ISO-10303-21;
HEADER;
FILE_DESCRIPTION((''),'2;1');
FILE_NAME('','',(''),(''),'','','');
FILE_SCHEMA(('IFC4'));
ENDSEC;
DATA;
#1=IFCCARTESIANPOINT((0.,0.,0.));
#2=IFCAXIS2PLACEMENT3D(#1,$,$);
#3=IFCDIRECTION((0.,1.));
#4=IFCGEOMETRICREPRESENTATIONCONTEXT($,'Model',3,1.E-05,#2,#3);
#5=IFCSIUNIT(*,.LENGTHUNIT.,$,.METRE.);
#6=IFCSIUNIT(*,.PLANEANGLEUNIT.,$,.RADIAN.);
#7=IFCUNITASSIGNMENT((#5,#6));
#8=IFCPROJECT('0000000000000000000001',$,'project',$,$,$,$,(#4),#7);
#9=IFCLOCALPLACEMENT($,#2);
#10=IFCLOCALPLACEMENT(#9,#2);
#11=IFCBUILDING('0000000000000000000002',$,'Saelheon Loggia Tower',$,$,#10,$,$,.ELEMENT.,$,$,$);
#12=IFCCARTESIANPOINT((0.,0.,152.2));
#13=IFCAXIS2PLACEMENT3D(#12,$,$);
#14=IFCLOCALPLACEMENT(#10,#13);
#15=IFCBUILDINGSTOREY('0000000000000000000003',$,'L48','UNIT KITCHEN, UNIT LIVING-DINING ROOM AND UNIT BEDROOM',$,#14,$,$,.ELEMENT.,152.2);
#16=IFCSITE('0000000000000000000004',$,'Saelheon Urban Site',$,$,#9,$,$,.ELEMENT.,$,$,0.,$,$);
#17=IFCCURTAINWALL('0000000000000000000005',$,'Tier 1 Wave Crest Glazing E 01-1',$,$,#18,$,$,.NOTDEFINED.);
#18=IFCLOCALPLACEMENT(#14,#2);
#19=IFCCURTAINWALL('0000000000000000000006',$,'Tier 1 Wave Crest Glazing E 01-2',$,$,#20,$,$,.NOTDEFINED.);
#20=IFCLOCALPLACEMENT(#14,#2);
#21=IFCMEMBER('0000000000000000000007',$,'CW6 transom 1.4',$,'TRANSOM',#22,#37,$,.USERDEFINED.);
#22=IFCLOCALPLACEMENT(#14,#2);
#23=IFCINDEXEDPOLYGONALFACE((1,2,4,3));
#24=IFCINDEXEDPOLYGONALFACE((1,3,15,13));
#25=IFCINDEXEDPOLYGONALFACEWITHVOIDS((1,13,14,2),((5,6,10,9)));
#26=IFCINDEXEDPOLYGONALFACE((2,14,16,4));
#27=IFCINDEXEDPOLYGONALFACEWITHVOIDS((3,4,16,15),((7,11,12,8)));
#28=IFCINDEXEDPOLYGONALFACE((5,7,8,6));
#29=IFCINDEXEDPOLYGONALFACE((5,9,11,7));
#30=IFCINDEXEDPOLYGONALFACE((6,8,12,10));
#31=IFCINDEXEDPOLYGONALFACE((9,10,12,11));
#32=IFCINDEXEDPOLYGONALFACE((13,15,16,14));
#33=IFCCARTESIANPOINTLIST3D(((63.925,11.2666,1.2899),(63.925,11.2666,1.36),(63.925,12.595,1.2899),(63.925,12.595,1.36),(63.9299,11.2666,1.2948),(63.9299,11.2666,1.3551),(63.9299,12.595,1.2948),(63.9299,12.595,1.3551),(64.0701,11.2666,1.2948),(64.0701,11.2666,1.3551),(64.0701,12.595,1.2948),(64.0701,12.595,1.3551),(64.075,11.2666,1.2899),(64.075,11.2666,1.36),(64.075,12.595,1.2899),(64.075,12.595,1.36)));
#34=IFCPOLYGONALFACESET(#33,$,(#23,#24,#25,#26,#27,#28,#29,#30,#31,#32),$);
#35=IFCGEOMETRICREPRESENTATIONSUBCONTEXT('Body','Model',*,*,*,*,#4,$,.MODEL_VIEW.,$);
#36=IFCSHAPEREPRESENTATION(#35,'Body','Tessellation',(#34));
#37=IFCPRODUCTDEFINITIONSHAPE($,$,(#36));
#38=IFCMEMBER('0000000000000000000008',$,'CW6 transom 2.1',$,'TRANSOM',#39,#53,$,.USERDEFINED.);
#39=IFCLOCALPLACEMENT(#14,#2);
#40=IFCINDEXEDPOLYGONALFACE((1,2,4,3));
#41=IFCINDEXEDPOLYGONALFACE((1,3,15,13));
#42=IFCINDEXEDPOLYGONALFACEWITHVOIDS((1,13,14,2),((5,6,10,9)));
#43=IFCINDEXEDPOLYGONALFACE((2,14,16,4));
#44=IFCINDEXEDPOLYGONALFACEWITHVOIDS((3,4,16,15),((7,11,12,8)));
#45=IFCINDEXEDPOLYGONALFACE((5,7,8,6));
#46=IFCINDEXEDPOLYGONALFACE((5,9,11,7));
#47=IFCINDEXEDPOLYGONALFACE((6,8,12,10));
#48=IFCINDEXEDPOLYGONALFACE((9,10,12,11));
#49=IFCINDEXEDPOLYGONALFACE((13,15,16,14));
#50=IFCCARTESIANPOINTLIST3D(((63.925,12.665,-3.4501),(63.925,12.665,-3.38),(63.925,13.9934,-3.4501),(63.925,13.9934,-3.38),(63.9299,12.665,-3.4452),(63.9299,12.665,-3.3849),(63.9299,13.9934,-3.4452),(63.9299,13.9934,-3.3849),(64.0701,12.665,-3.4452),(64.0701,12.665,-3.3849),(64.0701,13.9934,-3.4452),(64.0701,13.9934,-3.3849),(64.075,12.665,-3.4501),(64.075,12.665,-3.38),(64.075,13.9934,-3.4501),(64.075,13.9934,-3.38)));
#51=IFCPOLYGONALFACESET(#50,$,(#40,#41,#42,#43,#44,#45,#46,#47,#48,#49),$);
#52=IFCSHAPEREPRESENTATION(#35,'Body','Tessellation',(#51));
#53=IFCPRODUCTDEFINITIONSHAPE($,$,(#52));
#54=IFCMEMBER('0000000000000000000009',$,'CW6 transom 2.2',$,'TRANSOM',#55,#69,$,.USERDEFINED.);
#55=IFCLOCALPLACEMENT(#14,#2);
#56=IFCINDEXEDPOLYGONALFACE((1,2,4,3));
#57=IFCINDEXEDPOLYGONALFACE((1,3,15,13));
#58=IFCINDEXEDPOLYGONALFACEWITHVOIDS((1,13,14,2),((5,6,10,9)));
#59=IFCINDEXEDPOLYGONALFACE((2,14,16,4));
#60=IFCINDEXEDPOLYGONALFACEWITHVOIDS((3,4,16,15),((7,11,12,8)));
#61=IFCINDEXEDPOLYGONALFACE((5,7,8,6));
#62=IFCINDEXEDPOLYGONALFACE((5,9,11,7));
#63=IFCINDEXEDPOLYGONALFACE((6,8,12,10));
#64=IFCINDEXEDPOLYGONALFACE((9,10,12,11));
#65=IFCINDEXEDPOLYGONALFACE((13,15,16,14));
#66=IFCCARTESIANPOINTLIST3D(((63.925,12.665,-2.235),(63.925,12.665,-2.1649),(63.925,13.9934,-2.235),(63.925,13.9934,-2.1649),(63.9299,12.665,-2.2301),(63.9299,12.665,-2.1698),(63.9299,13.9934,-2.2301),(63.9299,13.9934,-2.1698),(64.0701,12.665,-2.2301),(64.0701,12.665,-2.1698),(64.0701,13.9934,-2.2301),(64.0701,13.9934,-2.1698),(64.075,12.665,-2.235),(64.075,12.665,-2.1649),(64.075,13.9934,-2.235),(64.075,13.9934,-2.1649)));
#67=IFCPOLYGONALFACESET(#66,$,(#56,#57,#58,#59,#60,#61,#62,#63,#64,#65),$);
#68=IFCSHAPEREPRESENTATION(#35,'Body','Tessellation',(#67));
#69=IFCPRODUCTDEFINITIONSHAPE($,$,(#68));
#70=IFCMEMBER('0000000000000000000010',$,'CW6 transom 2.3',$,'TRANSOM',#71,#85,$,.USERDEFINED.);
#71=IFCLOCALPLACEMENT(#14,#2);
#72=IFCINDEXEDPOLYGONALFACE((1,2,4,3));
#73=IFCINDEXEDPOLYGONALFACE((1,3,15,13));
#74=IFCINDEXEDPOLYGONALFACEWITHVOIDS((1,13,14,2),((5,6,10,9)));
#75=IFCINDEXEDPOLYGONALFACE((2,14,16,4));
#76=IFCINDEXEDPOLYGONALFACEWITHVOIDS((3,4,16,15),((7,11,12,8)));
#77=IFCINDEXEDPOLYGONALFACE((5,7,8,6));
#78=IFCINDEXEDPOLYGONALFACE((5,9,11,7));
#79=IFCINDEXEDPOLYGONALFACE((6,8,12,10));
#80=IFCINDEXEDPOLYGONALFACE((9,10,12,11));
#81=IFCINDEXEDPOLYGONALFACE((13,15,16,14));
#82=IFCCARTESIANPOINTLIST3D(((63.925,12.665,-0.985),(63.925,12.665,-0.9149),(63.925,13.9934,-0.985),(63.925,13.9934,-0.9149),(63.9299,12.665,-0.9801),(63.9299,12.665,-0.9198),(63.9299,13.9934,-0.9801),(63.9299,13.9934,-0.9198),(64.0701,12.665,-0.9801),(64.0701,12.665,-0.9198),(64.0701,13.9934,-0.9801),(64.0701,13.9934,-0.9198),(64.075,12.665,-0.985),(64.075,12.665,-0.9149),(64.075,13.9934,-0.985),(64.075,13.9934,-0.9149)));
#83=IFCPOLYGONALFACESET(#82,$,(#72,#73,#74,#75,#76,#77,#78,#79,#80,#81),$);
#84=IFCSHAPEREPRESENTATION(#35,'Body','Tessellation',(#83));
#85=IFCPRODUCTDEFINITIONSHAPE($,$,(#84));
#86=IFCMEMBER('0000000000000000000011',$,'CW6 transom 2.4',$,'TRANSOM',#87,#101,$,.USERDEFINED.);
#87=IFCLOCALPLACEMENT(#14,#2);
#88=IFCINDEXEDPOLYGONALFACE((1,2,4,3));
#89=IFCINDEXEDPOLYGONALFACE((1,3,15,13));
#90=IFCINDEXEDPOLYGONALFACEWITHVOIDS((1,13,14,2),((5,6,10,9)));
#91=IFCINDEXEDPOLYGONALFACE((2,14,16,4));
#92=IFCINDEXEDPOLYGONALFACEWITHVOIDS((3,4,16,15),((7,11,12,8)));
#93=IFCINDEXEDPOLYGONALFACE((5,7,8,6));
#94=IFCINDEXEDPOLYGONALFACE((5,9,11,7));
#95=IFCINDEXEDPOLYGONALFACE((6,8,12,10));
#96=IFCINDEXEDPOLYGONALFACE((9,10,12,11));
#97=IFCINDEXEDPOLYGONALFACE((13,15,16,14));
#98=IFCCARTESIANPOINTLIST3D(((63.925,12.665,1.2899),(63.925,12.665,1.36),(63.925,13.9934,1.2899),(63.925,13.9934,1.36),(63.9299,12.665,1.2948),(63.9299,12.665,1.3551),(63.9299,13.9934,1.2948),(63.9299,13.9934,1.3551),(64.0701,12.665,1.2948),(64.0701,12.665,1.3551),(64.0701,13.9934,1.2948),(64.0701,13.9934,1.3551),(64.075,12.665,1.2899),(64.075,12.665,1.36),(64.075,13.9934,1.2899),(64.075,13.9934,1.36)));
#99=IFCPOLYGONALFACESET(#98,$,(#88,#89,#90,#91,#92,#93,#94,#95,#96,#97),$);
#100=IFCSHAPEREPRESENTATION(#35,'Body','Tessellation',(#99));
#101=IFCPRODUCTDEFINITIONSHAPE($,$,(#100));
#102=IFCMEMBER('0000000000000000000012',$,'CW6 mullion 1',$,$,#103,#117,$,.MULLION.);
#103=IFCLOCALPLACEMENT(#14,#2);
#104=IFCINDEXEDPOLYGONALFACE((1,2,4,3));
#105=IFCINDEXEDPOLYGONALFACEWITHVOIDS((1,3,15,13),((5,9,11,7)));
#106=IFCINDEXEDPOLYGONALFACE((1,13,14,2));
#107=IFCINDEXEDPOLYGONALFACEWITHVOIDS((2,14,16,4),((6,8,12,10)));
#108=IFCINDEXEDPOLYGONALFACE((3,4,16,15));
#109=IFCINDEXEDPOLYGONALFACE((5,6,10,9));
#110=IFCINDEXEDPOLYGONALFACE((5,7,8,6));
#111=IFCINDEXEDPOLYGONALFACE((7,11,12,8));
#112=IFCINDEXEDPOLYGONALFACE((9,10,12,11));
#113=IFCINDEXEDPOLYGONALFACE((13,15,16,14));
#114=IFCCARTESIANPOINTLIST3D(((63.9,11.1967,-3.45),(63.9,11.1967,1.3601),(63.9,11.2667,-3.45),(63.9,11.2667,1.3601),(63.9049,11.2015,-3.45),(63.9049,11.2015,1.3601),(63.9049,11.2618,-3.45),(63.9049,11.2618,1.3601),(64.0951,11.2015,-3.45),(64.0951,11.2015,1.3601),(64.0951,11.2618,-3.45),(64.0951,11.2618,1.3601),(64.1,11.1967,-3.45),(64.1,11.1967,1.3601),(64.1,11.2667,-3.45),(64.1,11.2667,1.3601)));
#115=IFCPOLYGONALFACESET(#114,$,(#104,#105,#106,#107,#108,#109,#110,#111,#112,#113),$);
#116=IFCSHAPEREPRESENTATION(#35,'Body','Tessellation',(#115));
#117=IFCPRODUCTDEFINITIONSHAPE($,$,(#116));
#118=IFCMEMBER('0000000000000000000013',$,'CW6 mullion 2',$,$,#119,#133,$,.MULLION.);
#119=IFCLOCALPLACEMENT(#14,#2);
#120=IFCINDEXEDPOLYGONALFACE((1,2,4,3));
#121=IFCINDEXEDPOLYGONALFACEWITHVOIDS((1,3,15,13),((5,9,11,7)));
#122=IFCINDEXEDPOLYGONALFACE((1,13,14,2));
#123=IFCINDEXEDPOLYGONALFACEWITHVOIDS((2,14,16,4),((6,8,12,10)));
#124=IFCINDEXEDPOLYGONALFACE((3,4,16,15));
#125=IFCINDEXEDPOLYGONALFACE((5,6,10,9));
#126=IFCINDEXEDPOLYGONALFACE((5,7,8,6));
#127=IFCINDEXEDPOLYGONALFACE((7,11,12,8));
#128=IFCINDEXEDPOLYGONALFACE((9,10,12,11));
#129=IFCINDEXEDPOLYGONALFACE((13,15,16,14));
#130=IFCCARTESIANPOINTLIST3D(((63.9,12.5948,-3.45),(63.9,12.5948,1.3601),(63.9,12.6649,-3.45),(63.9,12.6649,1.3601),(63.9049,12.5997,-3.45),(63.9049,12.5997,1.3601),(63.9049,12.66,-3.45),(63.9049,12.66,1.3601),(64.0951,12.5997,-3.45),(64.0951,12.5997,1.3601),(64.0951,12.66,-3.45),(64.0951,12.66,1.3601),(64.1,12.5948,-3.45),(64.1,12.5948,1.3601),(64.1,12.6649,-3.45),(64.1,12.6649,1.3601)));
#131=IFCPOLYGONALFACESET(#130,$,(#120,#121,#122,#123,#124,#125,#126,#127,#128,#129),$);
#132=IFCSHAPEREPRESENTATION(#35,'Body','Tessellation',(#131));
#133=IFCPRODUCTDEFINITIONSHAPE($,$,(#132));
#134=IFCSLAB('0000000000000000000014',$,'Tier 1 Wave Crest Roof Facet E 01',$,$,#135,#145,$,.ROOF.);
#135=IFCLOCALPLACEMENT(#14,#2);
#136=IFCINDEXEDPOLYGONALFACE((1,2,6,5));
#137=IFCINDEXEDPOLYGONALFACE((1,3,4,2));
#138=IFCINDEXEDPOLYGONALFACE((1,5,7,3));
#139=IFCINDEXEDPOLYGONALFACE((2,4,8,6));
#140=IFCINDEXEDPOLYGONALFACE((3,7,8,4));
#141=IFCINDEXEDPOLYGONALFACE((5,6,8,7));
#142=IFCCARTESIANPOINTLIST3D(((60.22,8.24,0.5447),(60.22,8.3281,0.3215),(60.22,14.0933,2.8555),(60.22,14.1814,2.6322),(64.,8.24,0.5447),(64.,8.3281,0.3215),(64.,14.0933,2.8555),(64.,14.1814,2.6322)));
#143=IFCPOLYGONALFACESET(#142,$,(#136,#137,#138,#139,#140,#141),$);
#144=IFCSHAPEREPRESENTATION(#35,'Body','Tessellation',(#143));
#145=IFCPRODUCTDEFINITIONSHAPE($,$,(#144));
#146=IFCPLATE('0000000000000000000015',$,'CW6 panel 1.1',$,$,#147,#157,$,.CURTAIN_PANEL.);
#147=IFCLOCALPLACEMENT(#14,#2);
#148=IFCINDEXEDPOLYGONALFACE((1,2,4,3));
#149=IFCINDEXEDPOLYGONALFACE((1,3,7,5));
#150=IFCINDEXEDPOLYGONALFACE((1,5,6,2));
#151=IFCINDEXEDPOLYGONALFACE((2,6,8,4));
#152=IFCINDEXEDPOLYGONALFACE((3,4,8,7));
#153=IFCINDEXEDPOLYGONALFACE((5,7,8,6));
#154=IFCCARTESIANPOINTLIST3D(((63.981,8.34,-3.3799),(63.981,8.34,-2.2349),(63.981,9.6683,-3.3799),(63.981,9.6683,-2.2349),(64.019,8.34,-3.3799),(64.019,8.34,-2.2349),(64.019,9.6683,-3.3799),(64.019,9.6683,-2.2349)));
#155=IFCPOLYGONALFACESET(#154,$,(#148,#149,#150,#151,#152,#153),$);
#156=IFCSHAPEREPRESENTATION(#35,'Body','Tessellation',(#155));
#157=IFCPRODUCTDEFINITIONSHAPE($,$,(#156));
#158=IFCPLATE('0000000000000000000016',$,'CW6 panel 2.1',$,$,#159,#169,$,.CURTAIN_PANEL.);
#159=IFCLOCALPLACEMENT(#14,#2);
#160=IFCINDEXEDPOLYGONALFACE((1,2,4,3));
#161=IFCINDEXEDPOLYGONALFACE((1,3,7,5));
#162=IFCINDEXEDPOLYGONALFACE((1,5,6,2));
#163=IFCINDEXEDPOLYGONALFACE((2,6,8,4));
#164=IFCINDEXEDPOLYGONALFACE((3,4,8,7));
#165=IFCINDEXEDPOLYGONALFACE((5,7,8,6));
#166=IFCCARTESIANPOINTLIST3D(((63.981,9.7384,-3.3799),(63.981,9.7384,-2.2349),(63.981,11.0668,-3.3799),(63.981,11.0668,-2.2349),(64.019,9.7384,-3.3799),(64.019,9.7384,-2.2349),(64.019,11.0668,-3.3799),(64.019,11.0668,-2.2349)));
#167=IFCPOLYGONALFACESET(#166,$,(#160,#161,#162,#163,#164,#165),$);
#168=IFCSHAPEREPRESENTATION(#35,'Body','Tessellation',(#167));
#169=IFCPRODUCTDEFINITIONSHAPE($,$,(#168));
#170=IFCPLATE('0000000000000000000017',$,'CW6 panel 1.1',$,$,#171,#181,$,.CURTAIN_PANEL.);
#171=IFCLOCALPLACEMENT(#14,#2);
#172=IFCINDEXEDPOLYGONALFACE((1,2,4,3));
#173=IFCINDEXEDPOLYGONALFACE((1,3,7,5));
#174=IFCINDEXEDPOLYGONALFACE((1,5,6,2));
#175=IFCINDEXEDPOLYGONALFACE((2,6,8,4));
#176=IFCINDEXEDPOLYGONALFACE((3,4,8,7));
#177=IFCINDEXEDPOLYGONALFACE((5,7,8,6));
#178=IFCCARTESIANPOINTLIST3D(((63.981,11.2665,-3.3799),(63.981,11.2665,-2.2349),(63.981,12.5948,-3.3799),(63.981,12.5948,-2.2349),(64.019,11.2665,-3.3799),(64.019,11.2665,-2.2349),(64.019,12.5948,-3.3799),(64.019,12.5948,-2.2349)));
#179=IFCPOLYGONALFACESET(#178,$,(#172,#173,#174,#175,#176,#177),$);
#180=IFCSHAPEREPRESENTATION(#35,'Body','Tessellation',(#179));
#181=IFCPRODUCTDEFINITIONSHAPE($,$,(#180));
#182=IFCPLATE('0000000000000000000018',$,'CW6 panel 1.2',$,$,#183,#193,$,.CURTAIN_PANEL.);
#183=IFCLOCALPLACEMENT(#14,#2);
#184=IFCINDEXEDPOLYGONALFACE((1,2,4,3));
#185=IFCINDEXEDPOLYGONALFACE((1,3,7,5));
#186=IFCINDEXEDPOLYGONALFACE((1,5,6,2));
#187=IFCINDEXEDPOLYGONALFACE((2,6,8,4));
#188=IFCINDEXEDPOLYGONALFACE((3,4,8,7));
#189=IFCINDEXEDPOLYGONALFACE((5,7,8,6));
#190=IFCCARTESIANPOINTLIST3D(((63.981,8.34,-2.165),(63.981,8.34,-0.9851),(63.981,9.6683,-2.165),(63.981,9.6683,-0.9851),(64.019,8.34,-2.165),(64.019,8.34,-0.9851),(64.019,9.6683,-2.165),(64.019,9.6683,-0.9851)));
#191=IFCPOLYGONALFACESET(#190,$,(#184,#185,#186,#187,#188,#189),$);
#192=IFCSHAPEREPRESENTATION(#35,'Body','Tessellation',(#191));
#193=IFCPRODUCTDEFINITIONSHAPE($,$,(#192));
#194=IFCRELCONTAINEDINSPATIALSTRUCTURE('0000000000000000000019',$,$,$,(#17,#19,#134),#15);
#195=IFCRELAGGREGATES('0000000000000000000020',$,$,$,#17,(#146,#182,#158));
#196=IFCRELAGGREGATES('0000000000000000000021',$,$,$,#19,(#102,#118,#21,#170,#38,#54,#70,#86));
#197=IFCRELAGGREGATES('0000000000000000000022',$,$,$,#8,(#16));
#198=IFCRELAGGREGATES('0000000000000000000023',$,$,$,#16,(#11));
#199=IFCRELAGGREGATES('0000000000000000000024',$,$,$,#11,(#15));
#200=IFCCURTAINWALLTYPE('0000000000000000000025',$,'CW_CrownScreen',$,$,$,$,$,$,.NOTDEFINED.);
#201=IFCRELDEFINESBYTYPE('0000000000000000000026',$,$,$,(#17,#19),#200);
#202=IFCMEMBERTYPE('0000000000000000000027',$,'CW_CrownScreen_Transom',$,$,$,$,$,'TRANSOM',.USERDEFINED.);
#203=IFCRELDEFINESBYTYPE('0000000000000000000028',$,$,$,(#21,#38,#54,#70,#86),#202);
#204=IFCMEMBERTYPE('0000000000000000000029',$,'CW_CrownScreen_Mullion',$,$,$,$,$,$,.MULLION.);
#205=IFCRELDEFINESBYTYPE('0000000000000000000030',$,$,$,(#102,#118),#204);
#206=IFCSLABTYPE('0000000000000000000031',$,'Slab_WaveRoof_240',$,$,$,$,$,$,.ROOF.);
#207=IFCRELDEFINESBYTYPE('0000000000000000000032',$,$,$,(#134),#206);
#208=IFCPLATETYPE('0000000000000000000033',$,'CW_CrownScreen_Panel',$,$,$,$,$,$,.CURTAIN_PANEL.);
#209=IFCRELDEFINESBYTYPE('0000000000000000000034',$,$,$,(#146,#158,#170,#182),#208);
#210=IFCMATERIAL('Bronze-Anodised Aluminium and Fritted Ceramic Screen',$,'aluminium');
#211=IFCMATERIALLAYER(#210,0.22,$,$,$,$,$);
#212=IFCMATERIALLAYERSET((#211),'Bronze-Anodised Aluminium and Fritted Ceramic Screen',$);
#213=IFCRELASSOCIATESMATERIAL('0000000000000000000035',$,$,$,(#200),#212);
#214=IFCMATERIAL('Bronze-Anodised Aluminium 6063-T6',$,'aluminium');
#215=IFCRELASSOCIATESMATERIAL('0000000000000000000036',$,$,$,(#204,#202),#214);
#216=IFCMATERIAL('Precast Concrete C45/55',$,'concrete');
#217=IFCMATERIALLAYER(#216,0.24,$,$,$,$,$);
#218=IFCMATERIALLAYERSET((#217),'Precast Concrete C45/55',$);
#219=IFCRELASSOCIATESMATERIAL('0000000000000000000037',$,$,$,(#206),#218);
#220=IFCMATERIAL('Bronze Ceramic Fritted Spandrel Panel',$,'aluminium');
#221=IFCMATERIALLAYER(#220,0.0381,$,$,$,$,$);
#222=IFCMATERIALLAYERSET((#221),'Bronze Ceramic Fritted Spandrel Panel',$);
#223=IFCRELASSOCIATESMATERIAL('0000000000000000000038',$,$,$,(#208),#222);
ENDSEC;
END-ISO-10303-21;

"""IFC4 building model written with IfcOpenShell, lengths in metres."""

from ifc_helpers import new_model, si_unit, direction, frame, origin, origin_2d, place, context, subcontext, project, spatial, polyline, rectangle, hollow_rectangle, outline, extrude, source, transform, mapped, material, layer, layer_set, material_profile, profile_set, type_object, element, aggregate, save


model = new_model("IFC4")

# Units and contexts
model_context = context("Model", 3, precision=1e-05, world=origin(), true_north=direction((0.0, 1.0)))
body_context = subcontext(model_context, "Body", "Model", "MODEL_VIEW")
ifc_project = project(units=[si_unit("LENGTHUNIT", "METRE"), si_unit("PLANEANGLEUNIT", "RADIAN")], contexts=[model_context])

# Site, building, storey
site_placement = place(None, origin())
site = spatial("IfcSite", under=ifc_project, at=site_placement, Name="Saelheon Urban Site", CompositionType="ELEMENT", RefElevation=0.0)
building_placement = place(site_placement, origin())
building = spatial("IfcBuilding", under=site, at=building_placement, Name="Saelheon Loggia Tower", CompositionType="ELEMENT")
storey_placement = place(building_placement, frame((0.0, 0.0, 152.2)))
storey = spatial("IfcBuildingStorey", under=building, at=storey_placement, Name="L48", Description="UNIT KITCHEN, UNIT LIVING-DINING ROOM AND UNIT BEDROOM", CompositionType="ELEMENT", Elevation=152.2)

# Curtain walls, members
ifc_material_1 = material(Name="Bronze-Anodised Aluminium and Fritted Ceramic Screen", Category="aluminium")
ifc_layer_1 = layer(ifc_material_1, 0.22)
ifc_layer_set_1 = layer_set([ifc_layer_1], Name="Bronze-Anodised Aluminium and Fritted Ceramic Screen")
curtain_wall_type = type_object("IfcCurtainWallType", Name="CW_CrownScreen", PredefinedType="NOTDEFINED", material=ifc_layer_set_1)
curtain_wall_1_placement = place(storey_placement, origin())
curtain_wall_1 = element("IfcCurtainWall", 1, at=curtain_wall_1_placement, inside=storey, type_object=curtain_wall_type, Name="Tier 1 Wave Crest Glazing E 01-1", PredefinedType="NOTDEFINED")
ifc_material_2 = material(Name="Bronze-Anodised Aluminium 6063-T6", Category="aluminium")
ifc_material_profile_1 = material_profile(ifc_material_2, hollow_rectangle(XDim=0.0701, YDim=0.2, WallThickness=0.0049, at=origin_2d()), Name="RHS-200x70x5")
ifc_profile_set_1 = profile_set([ifc_material_profile_1], Name="Bronze-Anodised Aluminium 6063-T6")
member_type_1 = type_object("IfcMemberType", Name="CW_CrownScreen_Mullion", PredefinedType="MULLION", material=ifc_profile_set_1)
ifc_material_profile_2 = material_profile(ifc_material_2, hollow_rectangle(XDim=0.0701, YDim=0.1499, WallThickness=0.0049, at=origin_2d()), Name="RHS-150x70x5")
ifc_profile_set_2 = profile_set([ifc_material_profile_2], Name="Bronze-Anodised Aluminium 6063-T6")
member_type_2 = type_object("IfcMemberType", Name="CW_CrownScreen_Transom", ElementType="TRANSOM", PredefinedType="USERDEFINED", material=ifc_profile_set_2)
shared_shape_1 = source(origin(), body_context, "Body", "SweptSolid", [
    extrude(hollow_rectangle(XDim=0.0701, YDim=0.1499, WallThickness=0.0049, at=origin_2d()), origin(), (0.0, 0.0, 1.0), 1.3284),
])
curtain_wall_2_placement = place(storey_placement, origin())
curtain_wall_2 = element("IfcCurtainWall", 2, at=curtain_wall_2_placement, inside=storey, type_object=curtain_wall_type, Name="Tier 1 Wave Crest Glazing E 01-2", PredefinedType="NOTDEFINED")
member_1_placement = place(storey_placement, frame((64.0, 11.2666, 1.325), z_axis=(0.0, 1.0, 0.0), x_axis=(0.0, 0.0, 1.0)))
member_1 = element("IfcMember", 3, at=member_1_placement, type_object=member_type_2, Name="CW6 transom 1.4", ObjectType="TRANSOM", PredefinedType="USERDEFINED", context=body_context, shape_type="MappedRepresentation", body=[
    mapped(shared_shape_1, transform((0.0, 0.0, 0.0), scale=1.0)),
])
member_2_placement = place(storey_placement, frame((64.0, 12.665, -3.415), z_axis=(0.0, 1.0, 0.0), x_axis=(0.0, 0.0, 1.0)))
member_2 = element("IfcMember", 4, at=member_2_placement, type_object=member_type_2, Name="CW6 transom 2.1", ObjectType="TRANSOM", PredefinedType="USERDEFINED", context=body_context, shape_type="MappedRepresentation", body=[
    mapped(shared_shape_1, transform((0.0, 0.0, 0.0), scale=1.0)),
])
member_3_placement = place(storey_placement, frame((64.0, 12.665, -2.2), z_axis=(0.0, 1.0, 0.0), x_axis=(0.0, 0.0, 1.0)))
member_3 = element("IfcMember", 5, at=member_3_placement, type_object=member_type_2, Name="CW6 transom 2.2", ObjectType="TRANSOM", PredefinedType="USERDEFINED", context=body_context, shape_type="MappedRepresentation", body=[
    mapped(shared_shape_1, transform((0.0, 0.0, 0.0), scale=1.0)),
])
member_4_placement = place(storey_placement, frame((64.0, 12.665, -0.95), z_axis=(0.0, 1.0, 0.0), x_axis=(0.0, 0.0, 1.0)))
member_4 = element("IfcMember", 6, at=member_4_placement, type_object=member_type_2, Name="CW6 transom 2.3", ObjectType="TRANSOM", PredefinedType="USERDEFINED", context=body_context, shape_type="MappedRepresentation", body=[
    mapped(shared_shape_1, transform((0.0, 0.0, 0.0), scale=1.0)),
])
member_5_placement = place(storey_placement, frame((64.0, 12.665, 1.325), z_axis=(0.0, 1.0, 0.0), x_axis=(0.0, 0.0, 1.0)))
member_5 = element("IfcMember", 7, at=member_5_placement, type_object=member_type_2, Name="CW6 transom 2.4", ObjectType="TRANSOM", PredefinedType="USERDEFINED", context=body_context, shape_type="MappedRepresentation", body=[
    mapped(shared_shape_1, transform((0.0, 0.0, 0.0), scale=1.0)),
])
shared_shape_2 = source(origin(), body_context, "Body", "SweptSolid", [
    extrude(hollow_rectangle(XDim=0.0701, YDim=0.2, WallThickness=0.0049, at=origin_2d()), origin(), (0.0, 0.0, 1.0), 4.8101),
])
member_6_placement = place(storey_placement, frame((64.0, 11.2317, -3.45), z_axis=(0.0, 0.0, 1.0), x_axis=(0.0, 1.0, 0.0)))
member_6 = element("IfcMember", 8, at=member_6_placement, type_object=member_type_1, Name="CW6 mullion 1", PredefinedType="MULLION", context=body_context, shape_type="MappedRepresentation", body=[
    mapped(shared_shape_2, transform((0.0, 0.0, 0.0), scale=1.0)),
])
member_7_placement = place(storey_placement, frame((64.0, 12.6299, -3.45), z_axis=(0.0, 0.0, 1.0), x_axis=(0.0, 1.0, 0.0)))
member_7 = element("IfcMember", 9, at=member_7_placement, type_object=member_type_1, Name="CW6 mullion 2", PredefinedType="MULLION", context=body_context, shape_type="MappedRepresentation", body=[
    mapped(shared_shape_2, transform((0.0, 0.0, 0.0), scale=1.0)),
])

# Slab
ifc_material_3 = material(Name="Precast Concrete C45/55", Category="concrete")
ifc_layer_2 = layer(ifc_material_3, 0.24)
ifc_layer_set_2 = layer_set([ifc_layer_2], Name="Precast Concrete C45/55")
slab_type = type_object("IfcSlabType", Name="Slab_WaveRoof_240", PredefinedType="ROOF", material=ifc_layer_set_2)
slab_placement = place(storey_placement, frame((60.22, 8.24, 0.5447), z_axis=(0.0, -0.367206, 0.93014), x_axis=(1.0, 0.0, 0.0)))
element("IfcSlab", 10, at=slab_placement, inside=storey, type_object=slab_type, Name="Tier 1 Wave Crest Roof Facet E 01", PredefinedType="ROOF", context=body_context, shape_type="SweptSolid", body=[
    extrude(outline(polyline([(0.0, 0.0), (3.78, 0.0), (3.78, 6.2929), (0.0, 6.2929), (0.0, 0.0)])), origin(), (0.0, 0.0, -1.0), 0.24),
])

# Plates
ifc_material_4 = material(Name="Bronze Ceramic Fritted Spandrel Panel", Category="aluminium")
ifc_layer_3 = layer(ifc_material_4, 0.0381)
ifc_layer_set_3 = layer_set([ifc_layer_3], Name="Bronze Ceramic Fritted Spandrel Panel")
plate_type = type_object("IfcPlateType", Name="CW_CrownScreen_Panel", PredefinedType="CURTAIN_PANEL", material=ifc_layer_set_3)
shared_shape_3 = source(origin(), body_context, "Body", "SweptSolid", [
    extrude(rectangle(XDim=1.3284, YDim=0.0381, at=origin_2d()), origin(), (0.0, 0.0, 1.0), 1.145),
])
plate_1_placement = place(storey_placement, frame((64.0, 9.0042, -3.3799), z_axis=(0.0, 0.0, 1.0), x_axis=(0.0, 1.0, 0.0)))
plate_1 = element("IfcPlate", 11, at=plate_1_placement, type_object=plate_type, Name="CW6 panel 1.1", PredefinedType="CURTAIN_PANEL", context=body_context, shape_type="MappedRepresentation", body=[
    mapped(shared_shape_3, transform((0.0, 0.0, 0.0), scale=1.0)),
])
plate_2_placement = place(storey_placement, frame((64.0, 10.4026, -3.3799), z_axis=(0.0, 0.0, 1.0), x_axis=(0.0, 1.0, 0.0)))
plate_2 = element("IfcPlate", 12, at=plate_2_placement, type_object=plate_type, Name="CW6 panel 2.1", PredefinedType="CURTAIN_PANEL", context=body_context, shape_type="MappedRepresentation", body=[
    mapped(shared_shape_3, transform((0.0, 0.0, 0.0), scale=1.0)),
])
plate_3_placement = place(storey_placement, frame((64.0, 11.9307, -3.3799), z_axis=(0.0, 0.0, 1.0), x_axis=(0.0, 1.0, 0.0)))
plate_3 = element("IfcPlate", 13, at=plate_3_placement, type_object=plate_type, Name="CW6 panel 1.1", PredefinedType="CURTAIN_PANEL", context=body_context, shape_type="MappedRepresentation", body=[
    mapped(shared_shape_3, transform((0.0, 0.0, 0.0), scale=1.0)),
])
shared_shape_4 = source(origin(), body_context, "Body", "SweptSolid", [
    extrude(rectangle(XDim=1.3284, YDim=0.0381, at=origin_2d()), origin(), (0.0, 0.0, 1.0), 1.1799),
])
plate_4_placement = place(storey_placement, frame((64.0, 9.0042, -2.165), z_axis=(0.0, 0.0, 1.0), x_axis=(0.0, 1.0, 0.0)))
plate_4 = element("IfcPlate", 14, at=plate_4_placement, type_object=plate_type, Name="CW6 panel 1.2", PredefinedType="CURTAIN_PANEL", context=body_context, shape_type="MappedRepresentation", body=[
    mapped(shared_shape_4, transform((0.0, 0.0, 0.0), scale=1.0)),
])
aggregate(curtain_wall_1, [plate_1, plate_4, plate_2])
aggregate(curtain_wall_2, [member_6, member_7, member_1, plate_3, member_2, member_3, member_4, member_5])

save(model, "model.ifc")
